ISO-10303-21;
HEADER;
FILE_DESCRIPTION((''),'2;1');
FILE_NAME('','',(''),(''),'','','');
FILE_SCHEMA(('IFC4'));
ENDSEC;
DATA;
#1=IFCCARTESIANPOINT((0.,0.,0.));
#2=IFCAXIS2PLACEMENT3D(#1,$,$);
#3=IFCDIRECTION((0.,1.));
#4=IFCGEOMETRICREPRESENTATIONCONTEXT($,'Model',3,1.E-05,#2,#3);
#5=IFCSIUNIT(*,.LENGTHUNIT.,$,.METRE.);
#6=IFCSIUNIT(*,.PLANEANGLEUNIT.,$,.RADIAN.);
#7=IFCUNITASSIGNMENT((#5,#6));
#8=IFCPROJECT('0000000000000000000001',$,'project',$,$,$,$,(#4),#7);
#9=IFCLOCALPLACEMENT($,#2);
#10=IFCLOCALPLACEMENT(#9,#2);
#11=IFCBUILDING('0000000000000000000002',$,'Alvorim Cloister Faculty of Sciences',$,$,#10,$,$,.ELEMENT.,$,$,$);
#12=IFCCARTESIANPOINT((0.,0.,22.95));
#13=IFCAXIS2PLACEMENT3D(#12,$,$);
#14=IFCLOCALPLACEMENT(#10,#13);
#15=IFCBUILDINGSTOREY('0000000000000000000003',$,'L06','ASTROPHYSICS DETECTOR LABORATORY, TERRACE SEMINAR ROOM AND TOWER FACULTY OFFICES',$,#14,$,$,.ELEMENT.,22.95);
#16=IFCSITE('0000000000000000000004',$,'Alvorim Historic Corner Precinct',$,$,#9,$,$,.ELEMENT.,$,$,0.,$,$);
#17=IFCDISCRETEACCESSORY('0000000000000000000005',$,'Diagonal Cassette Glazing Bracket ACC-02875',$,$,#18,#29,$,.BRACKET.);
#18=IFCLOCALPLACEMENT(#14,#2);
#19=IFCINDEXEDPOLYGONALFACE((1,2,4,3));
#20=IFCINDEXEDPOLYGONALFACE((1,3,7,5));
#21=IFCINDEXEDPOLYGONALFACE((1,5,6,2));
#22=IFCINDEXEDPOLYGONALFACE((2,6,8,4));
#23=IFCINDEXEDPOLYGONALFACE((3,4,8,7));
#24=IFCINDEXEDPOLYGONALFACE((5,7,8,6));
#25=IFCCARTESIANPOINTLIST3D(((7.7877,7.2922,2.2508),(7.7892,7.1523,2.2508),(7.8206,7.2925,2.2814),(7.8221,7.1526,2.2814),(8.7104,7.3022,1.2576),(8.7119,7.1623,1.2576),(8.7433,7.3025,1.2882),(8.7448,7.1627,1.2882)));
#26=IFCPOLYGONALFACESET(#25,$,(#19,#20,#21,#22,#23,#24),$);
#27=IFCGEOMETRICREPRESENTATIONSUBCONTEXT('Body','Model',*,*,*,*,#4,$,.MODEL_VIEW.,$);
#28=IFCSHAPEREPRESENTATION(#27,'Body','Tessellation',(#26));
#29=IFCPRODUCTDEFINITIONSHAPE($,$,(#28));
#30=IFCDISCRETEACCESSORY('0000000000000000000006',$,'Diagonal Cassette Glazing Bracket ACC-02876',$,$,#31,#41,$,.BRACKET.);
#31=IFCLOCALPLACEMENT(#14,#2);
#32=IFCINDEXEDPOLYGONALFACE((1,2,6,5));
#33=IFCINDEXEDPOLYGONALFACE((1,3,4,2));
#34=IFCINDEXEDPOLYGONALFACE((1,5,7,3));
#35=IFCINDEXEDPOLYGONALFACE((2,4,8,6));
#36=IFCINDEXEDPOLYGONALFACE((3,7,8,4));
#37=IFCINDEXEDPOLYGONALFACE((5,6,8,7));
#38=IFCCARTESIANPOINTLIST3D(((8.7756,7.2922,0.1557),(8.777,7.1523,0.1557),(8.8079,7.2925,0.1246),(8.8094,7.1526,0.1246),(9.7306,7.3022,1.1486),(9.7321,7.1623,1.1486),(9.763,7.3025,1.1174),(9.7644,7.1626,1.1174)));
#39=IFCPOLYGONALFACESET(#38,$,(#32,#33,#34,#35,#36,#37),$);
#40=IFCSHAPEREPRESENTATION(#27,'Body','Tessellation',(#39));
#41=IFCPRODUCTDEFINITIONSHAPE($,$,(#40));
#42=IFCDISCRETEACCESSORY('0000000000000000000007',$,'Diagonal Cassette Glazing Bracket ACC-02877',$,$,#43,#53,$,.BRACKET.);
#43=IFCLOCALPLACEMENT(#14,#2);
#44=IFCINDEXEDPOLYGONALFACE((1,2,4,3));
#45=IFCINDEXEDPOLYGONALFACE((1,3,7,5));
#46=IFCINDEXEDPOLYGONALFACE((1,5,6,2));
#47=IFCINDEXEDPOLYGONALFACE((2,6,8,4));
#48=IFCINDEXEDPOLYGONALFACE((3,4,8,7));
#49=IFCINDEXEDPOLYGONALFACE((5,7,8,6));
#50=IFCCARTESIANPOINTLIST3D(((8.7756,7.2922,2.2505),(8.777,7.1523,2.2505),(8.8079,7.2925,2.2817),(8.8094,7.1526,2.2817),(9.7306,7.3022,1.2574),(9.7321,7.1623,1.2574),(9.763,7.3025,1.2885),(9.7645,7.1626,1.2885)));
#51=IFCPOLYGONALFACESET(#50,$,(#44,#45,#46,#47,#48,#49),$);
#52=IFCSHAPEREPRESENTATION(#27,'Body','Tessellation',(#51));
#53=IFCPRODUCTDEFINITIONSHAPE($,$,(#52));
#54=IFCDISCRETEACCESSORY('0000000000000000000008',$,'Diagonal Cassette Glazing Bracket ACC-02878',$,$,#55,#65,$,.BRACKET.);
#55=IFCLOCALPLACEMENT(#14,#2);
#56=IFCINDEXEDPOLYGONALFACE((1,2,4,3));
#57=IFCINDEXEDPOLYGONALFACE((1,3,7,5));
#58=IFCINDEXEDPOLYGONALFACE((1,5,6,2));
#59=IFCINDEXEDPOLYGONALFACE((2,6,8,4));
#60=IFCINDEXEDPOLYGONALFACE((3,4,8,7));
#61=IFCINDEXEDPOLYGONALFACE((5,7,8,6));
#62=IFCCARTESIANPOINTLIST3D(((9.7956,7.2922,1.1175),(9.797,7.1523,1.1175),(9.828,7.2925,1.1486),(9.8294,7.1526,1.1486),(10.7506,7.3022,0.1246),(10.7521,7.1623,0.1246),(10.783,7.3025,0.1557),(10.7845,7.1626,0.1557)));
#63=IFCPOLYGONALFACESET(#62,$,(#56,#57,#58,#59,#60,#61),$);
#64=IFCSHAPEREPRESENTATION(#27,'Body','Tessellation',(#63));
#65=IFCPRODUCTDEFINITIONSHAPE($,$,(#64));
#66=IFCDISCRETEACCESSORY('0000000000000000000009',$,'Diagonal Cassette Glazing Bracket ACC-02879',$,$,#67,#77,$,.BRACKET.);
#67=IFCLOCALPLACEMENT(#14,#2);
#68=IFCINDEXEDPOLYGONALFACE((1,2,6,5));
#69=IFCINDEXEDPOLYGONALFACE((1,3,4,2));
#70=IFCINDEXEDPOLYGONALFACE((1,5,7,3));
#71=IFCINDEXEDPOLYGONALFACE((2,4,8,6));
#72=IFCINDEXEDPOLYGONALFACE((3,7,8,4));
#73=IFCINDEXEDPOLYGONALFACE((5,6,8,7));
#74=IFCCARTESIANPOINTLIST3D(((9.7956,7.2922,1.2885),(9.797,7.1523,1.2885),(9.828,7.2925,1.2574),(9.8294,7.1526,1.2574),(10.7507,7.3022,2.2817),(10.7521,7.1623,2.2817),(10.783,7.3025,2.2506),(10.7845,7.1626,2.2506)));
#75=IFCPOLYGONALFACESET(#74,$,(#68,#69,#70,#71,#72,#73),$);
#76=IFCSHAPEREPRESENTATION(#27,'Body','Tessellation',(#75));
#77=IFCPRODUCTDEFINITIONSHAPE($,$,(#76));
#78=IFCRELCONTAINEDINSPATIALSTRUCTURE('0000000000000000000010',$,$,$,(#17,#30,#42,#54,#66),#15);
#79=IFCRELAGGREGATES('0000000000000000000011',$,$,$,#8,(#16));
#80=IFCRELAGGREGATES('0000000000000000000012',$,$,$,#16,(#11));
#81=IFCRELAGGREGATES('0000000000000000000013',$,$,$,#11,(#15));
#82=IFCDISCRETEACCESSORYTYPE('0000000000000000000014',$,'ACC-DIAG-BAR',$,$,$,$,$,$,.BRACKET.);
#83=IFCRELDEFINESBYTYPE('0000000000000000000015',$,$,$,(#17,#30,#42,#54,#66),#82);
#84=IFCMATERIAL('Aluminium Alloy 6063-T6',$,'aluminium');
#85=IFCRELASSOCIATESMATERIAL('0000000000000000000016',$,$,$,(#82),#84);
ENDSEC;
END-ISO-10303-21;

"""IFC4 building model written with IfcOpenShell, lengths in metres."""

from ifc_helpers import new_model, si_unit, direction, frame, origin, origin_2d, place, context, subcontext, project, spatial, rectangle, extrude, material, type_object, element, save


model = new_model("IFC4")

# Units and contexts
model_context = context("Model", 3, precision=1e-05, world=origin(), true_north=direction((0.0, 1.0)))
body_context = subcontext(model_context, "Body", "Model", "MODEL_VIEW")
ifc_project = project(units=[si_unit("LENGTHUNIT", "METRE"), si_unit("PLANEANGLEUNIT", "RADIAN")], contexts=[model_context])

# Site, building, storey
site_placement = place(None, origin())
site = spatial("IfcSite", under=ifc_project, at=site_placement, Name="Alvorim Historic Corner Precinct", CompositionType="ELEMENT", RefElevation=0.0)
building_placement = place(site_placement, origin())
building = spatial("IfcBuilding", under=site, at=building_placement, Name="Alvorim Cloister Faculty of Sciences", CompositionType="ELEMENT")
storey_placement = place(building_placement, frame((0.0, 0.0, 22.95)))
storey = spatial("IfcBuildingStorey", under=building, at=storey_placement, Name="L06", Description="ASTROPHYSICS DETECTOR LABORATORY, TERRACE SEMINAR ROOM AND TOWER FACULTY OFFICES", CompositionType="ELEMENT", Elevation=22.95)

# Shared definitions
ifc_material_1 = material(Name="Aluminium Alloy 6063-T6", Category="aluminium")

# Discrete accessories
discrete_accessory_type = type_object("IfcDiscreteAccessoryType", Name="ACC-DIAG-BAR", PredefinedType="BRACKET", material=ifc_material_1)
discrete_accessory_1_placement = place(storey_placement, frame((7.8049, 7.2224, 2.2661), z_axis=(0.680585, 0.007384, -0.732632), x_axis=(-0.010849, 0.999941, 0.0)))
element("IfcDiscreteAccessory", 1, at=discrete_accessory_1_placement, inside=storey, type_object=discrete_accessory_type, Name="Diagonal Cassette Glazing Bracket ACC-02875", PredefinedType="BRACKET", context=body_context, shape_type="SweptSolid", body=[
    extrude(rectangle(XDim=0.1399, YDim=0.0449, at=origin_2d()), origin(), (0.0, 0.0, 1.0), 1.3557),
])
discrete_accessory_2_placement = place(storey_placement, frame((8.7925, 7.2224, 0.1401), z_axis=(0.693221, 0.007265, 0.720688), x_axis=(-0.01048, 0.999945, 0.0)))
element("IfcDiscreteAccessory", 2, at=discrete_accessory_2_placement, inside=storey, type_object=discrete_accessory_type, Name="Diagonal Cassette Glazing Bracket ACC-02876", PredefinedType="BRACKET", context=body_context, shape_type="SweptSolid", body=[
    extrude(rectangle(XDim=0.1399, YDim=0.0449, at=origin_2d()), origin(), (0.0, 0.0, 1.0), 1.3777),
])
discrete_accessory_3_placement = place(storey_placement, frame((8.7925, 7.2224, 2.2661), z_axis=(0.693133, 0.007264, -0.720773), x_axis=(-0.01048, 0.999945, 0.0)))
element("IfcDiscreteAccessory", 3, at=discrete_accessory_3_placement, inside=storey, type_object=discrete_accessory_type, Name="Diagonal Cassette Glazing Bracket ACC-02877", PredefinedType="BRACKET", context=body_context, shape_type="SweptSolid", body=[
    extrude(rectangle(XDim=0.1399, YDim=0.0449, at=origin_2d()), origin(), (0.0, 0.0, 1.0), 1.3779),
])
discrete_accessory_4_placement = place(storey_placement, frame((9.8125, 7.2224, 1.1331), z_axis=(0.693221, 0.007265, -0.720688), x_axis=(-0.01048, 0.999945, 0.0)))
element("IfcDiscreteAccessory", 4, at=discrete_accessory_4_placement, inside=storey, type_object=discrete_accessory_type, Name="Diagonal Cassette Glazing Bracket ACC-02878", PredefinedType="BRACKET", context=body_context, shape_type="SweptSolid", body=[
    extrude(rectangle(XDim=0.1399, YDim=0.0449, at=origin_2d()), origin(), (0.0, 0.0, 1.0), 1.3777),
])
discrete_accessory_5_placement = place(storey_placement, frame((9.8125, 7.2224, 1.2729), z_axis=(0.693133, 0.007264, 0.720773), x_axis=(-0.01048, 0.999945, 0.0)))
element("IfcDiscreteAccessory", 5, at=discrete_accessory_5_placement, inside=storey, type_object=discrete_accessory_type, Name="Diagonal Cassette Glazing Bracket ACC-02879", PredefinedType="BRACKET", context=body_context, shape_type="SweptSolid", body=[
    extrude(rectangle(XDim=0.1399, YDim=0.0449, at=origin_2d()), origin(), (0.0, 0.0, 1.0), 1.3779),
])

save(model, "model.ifc")
